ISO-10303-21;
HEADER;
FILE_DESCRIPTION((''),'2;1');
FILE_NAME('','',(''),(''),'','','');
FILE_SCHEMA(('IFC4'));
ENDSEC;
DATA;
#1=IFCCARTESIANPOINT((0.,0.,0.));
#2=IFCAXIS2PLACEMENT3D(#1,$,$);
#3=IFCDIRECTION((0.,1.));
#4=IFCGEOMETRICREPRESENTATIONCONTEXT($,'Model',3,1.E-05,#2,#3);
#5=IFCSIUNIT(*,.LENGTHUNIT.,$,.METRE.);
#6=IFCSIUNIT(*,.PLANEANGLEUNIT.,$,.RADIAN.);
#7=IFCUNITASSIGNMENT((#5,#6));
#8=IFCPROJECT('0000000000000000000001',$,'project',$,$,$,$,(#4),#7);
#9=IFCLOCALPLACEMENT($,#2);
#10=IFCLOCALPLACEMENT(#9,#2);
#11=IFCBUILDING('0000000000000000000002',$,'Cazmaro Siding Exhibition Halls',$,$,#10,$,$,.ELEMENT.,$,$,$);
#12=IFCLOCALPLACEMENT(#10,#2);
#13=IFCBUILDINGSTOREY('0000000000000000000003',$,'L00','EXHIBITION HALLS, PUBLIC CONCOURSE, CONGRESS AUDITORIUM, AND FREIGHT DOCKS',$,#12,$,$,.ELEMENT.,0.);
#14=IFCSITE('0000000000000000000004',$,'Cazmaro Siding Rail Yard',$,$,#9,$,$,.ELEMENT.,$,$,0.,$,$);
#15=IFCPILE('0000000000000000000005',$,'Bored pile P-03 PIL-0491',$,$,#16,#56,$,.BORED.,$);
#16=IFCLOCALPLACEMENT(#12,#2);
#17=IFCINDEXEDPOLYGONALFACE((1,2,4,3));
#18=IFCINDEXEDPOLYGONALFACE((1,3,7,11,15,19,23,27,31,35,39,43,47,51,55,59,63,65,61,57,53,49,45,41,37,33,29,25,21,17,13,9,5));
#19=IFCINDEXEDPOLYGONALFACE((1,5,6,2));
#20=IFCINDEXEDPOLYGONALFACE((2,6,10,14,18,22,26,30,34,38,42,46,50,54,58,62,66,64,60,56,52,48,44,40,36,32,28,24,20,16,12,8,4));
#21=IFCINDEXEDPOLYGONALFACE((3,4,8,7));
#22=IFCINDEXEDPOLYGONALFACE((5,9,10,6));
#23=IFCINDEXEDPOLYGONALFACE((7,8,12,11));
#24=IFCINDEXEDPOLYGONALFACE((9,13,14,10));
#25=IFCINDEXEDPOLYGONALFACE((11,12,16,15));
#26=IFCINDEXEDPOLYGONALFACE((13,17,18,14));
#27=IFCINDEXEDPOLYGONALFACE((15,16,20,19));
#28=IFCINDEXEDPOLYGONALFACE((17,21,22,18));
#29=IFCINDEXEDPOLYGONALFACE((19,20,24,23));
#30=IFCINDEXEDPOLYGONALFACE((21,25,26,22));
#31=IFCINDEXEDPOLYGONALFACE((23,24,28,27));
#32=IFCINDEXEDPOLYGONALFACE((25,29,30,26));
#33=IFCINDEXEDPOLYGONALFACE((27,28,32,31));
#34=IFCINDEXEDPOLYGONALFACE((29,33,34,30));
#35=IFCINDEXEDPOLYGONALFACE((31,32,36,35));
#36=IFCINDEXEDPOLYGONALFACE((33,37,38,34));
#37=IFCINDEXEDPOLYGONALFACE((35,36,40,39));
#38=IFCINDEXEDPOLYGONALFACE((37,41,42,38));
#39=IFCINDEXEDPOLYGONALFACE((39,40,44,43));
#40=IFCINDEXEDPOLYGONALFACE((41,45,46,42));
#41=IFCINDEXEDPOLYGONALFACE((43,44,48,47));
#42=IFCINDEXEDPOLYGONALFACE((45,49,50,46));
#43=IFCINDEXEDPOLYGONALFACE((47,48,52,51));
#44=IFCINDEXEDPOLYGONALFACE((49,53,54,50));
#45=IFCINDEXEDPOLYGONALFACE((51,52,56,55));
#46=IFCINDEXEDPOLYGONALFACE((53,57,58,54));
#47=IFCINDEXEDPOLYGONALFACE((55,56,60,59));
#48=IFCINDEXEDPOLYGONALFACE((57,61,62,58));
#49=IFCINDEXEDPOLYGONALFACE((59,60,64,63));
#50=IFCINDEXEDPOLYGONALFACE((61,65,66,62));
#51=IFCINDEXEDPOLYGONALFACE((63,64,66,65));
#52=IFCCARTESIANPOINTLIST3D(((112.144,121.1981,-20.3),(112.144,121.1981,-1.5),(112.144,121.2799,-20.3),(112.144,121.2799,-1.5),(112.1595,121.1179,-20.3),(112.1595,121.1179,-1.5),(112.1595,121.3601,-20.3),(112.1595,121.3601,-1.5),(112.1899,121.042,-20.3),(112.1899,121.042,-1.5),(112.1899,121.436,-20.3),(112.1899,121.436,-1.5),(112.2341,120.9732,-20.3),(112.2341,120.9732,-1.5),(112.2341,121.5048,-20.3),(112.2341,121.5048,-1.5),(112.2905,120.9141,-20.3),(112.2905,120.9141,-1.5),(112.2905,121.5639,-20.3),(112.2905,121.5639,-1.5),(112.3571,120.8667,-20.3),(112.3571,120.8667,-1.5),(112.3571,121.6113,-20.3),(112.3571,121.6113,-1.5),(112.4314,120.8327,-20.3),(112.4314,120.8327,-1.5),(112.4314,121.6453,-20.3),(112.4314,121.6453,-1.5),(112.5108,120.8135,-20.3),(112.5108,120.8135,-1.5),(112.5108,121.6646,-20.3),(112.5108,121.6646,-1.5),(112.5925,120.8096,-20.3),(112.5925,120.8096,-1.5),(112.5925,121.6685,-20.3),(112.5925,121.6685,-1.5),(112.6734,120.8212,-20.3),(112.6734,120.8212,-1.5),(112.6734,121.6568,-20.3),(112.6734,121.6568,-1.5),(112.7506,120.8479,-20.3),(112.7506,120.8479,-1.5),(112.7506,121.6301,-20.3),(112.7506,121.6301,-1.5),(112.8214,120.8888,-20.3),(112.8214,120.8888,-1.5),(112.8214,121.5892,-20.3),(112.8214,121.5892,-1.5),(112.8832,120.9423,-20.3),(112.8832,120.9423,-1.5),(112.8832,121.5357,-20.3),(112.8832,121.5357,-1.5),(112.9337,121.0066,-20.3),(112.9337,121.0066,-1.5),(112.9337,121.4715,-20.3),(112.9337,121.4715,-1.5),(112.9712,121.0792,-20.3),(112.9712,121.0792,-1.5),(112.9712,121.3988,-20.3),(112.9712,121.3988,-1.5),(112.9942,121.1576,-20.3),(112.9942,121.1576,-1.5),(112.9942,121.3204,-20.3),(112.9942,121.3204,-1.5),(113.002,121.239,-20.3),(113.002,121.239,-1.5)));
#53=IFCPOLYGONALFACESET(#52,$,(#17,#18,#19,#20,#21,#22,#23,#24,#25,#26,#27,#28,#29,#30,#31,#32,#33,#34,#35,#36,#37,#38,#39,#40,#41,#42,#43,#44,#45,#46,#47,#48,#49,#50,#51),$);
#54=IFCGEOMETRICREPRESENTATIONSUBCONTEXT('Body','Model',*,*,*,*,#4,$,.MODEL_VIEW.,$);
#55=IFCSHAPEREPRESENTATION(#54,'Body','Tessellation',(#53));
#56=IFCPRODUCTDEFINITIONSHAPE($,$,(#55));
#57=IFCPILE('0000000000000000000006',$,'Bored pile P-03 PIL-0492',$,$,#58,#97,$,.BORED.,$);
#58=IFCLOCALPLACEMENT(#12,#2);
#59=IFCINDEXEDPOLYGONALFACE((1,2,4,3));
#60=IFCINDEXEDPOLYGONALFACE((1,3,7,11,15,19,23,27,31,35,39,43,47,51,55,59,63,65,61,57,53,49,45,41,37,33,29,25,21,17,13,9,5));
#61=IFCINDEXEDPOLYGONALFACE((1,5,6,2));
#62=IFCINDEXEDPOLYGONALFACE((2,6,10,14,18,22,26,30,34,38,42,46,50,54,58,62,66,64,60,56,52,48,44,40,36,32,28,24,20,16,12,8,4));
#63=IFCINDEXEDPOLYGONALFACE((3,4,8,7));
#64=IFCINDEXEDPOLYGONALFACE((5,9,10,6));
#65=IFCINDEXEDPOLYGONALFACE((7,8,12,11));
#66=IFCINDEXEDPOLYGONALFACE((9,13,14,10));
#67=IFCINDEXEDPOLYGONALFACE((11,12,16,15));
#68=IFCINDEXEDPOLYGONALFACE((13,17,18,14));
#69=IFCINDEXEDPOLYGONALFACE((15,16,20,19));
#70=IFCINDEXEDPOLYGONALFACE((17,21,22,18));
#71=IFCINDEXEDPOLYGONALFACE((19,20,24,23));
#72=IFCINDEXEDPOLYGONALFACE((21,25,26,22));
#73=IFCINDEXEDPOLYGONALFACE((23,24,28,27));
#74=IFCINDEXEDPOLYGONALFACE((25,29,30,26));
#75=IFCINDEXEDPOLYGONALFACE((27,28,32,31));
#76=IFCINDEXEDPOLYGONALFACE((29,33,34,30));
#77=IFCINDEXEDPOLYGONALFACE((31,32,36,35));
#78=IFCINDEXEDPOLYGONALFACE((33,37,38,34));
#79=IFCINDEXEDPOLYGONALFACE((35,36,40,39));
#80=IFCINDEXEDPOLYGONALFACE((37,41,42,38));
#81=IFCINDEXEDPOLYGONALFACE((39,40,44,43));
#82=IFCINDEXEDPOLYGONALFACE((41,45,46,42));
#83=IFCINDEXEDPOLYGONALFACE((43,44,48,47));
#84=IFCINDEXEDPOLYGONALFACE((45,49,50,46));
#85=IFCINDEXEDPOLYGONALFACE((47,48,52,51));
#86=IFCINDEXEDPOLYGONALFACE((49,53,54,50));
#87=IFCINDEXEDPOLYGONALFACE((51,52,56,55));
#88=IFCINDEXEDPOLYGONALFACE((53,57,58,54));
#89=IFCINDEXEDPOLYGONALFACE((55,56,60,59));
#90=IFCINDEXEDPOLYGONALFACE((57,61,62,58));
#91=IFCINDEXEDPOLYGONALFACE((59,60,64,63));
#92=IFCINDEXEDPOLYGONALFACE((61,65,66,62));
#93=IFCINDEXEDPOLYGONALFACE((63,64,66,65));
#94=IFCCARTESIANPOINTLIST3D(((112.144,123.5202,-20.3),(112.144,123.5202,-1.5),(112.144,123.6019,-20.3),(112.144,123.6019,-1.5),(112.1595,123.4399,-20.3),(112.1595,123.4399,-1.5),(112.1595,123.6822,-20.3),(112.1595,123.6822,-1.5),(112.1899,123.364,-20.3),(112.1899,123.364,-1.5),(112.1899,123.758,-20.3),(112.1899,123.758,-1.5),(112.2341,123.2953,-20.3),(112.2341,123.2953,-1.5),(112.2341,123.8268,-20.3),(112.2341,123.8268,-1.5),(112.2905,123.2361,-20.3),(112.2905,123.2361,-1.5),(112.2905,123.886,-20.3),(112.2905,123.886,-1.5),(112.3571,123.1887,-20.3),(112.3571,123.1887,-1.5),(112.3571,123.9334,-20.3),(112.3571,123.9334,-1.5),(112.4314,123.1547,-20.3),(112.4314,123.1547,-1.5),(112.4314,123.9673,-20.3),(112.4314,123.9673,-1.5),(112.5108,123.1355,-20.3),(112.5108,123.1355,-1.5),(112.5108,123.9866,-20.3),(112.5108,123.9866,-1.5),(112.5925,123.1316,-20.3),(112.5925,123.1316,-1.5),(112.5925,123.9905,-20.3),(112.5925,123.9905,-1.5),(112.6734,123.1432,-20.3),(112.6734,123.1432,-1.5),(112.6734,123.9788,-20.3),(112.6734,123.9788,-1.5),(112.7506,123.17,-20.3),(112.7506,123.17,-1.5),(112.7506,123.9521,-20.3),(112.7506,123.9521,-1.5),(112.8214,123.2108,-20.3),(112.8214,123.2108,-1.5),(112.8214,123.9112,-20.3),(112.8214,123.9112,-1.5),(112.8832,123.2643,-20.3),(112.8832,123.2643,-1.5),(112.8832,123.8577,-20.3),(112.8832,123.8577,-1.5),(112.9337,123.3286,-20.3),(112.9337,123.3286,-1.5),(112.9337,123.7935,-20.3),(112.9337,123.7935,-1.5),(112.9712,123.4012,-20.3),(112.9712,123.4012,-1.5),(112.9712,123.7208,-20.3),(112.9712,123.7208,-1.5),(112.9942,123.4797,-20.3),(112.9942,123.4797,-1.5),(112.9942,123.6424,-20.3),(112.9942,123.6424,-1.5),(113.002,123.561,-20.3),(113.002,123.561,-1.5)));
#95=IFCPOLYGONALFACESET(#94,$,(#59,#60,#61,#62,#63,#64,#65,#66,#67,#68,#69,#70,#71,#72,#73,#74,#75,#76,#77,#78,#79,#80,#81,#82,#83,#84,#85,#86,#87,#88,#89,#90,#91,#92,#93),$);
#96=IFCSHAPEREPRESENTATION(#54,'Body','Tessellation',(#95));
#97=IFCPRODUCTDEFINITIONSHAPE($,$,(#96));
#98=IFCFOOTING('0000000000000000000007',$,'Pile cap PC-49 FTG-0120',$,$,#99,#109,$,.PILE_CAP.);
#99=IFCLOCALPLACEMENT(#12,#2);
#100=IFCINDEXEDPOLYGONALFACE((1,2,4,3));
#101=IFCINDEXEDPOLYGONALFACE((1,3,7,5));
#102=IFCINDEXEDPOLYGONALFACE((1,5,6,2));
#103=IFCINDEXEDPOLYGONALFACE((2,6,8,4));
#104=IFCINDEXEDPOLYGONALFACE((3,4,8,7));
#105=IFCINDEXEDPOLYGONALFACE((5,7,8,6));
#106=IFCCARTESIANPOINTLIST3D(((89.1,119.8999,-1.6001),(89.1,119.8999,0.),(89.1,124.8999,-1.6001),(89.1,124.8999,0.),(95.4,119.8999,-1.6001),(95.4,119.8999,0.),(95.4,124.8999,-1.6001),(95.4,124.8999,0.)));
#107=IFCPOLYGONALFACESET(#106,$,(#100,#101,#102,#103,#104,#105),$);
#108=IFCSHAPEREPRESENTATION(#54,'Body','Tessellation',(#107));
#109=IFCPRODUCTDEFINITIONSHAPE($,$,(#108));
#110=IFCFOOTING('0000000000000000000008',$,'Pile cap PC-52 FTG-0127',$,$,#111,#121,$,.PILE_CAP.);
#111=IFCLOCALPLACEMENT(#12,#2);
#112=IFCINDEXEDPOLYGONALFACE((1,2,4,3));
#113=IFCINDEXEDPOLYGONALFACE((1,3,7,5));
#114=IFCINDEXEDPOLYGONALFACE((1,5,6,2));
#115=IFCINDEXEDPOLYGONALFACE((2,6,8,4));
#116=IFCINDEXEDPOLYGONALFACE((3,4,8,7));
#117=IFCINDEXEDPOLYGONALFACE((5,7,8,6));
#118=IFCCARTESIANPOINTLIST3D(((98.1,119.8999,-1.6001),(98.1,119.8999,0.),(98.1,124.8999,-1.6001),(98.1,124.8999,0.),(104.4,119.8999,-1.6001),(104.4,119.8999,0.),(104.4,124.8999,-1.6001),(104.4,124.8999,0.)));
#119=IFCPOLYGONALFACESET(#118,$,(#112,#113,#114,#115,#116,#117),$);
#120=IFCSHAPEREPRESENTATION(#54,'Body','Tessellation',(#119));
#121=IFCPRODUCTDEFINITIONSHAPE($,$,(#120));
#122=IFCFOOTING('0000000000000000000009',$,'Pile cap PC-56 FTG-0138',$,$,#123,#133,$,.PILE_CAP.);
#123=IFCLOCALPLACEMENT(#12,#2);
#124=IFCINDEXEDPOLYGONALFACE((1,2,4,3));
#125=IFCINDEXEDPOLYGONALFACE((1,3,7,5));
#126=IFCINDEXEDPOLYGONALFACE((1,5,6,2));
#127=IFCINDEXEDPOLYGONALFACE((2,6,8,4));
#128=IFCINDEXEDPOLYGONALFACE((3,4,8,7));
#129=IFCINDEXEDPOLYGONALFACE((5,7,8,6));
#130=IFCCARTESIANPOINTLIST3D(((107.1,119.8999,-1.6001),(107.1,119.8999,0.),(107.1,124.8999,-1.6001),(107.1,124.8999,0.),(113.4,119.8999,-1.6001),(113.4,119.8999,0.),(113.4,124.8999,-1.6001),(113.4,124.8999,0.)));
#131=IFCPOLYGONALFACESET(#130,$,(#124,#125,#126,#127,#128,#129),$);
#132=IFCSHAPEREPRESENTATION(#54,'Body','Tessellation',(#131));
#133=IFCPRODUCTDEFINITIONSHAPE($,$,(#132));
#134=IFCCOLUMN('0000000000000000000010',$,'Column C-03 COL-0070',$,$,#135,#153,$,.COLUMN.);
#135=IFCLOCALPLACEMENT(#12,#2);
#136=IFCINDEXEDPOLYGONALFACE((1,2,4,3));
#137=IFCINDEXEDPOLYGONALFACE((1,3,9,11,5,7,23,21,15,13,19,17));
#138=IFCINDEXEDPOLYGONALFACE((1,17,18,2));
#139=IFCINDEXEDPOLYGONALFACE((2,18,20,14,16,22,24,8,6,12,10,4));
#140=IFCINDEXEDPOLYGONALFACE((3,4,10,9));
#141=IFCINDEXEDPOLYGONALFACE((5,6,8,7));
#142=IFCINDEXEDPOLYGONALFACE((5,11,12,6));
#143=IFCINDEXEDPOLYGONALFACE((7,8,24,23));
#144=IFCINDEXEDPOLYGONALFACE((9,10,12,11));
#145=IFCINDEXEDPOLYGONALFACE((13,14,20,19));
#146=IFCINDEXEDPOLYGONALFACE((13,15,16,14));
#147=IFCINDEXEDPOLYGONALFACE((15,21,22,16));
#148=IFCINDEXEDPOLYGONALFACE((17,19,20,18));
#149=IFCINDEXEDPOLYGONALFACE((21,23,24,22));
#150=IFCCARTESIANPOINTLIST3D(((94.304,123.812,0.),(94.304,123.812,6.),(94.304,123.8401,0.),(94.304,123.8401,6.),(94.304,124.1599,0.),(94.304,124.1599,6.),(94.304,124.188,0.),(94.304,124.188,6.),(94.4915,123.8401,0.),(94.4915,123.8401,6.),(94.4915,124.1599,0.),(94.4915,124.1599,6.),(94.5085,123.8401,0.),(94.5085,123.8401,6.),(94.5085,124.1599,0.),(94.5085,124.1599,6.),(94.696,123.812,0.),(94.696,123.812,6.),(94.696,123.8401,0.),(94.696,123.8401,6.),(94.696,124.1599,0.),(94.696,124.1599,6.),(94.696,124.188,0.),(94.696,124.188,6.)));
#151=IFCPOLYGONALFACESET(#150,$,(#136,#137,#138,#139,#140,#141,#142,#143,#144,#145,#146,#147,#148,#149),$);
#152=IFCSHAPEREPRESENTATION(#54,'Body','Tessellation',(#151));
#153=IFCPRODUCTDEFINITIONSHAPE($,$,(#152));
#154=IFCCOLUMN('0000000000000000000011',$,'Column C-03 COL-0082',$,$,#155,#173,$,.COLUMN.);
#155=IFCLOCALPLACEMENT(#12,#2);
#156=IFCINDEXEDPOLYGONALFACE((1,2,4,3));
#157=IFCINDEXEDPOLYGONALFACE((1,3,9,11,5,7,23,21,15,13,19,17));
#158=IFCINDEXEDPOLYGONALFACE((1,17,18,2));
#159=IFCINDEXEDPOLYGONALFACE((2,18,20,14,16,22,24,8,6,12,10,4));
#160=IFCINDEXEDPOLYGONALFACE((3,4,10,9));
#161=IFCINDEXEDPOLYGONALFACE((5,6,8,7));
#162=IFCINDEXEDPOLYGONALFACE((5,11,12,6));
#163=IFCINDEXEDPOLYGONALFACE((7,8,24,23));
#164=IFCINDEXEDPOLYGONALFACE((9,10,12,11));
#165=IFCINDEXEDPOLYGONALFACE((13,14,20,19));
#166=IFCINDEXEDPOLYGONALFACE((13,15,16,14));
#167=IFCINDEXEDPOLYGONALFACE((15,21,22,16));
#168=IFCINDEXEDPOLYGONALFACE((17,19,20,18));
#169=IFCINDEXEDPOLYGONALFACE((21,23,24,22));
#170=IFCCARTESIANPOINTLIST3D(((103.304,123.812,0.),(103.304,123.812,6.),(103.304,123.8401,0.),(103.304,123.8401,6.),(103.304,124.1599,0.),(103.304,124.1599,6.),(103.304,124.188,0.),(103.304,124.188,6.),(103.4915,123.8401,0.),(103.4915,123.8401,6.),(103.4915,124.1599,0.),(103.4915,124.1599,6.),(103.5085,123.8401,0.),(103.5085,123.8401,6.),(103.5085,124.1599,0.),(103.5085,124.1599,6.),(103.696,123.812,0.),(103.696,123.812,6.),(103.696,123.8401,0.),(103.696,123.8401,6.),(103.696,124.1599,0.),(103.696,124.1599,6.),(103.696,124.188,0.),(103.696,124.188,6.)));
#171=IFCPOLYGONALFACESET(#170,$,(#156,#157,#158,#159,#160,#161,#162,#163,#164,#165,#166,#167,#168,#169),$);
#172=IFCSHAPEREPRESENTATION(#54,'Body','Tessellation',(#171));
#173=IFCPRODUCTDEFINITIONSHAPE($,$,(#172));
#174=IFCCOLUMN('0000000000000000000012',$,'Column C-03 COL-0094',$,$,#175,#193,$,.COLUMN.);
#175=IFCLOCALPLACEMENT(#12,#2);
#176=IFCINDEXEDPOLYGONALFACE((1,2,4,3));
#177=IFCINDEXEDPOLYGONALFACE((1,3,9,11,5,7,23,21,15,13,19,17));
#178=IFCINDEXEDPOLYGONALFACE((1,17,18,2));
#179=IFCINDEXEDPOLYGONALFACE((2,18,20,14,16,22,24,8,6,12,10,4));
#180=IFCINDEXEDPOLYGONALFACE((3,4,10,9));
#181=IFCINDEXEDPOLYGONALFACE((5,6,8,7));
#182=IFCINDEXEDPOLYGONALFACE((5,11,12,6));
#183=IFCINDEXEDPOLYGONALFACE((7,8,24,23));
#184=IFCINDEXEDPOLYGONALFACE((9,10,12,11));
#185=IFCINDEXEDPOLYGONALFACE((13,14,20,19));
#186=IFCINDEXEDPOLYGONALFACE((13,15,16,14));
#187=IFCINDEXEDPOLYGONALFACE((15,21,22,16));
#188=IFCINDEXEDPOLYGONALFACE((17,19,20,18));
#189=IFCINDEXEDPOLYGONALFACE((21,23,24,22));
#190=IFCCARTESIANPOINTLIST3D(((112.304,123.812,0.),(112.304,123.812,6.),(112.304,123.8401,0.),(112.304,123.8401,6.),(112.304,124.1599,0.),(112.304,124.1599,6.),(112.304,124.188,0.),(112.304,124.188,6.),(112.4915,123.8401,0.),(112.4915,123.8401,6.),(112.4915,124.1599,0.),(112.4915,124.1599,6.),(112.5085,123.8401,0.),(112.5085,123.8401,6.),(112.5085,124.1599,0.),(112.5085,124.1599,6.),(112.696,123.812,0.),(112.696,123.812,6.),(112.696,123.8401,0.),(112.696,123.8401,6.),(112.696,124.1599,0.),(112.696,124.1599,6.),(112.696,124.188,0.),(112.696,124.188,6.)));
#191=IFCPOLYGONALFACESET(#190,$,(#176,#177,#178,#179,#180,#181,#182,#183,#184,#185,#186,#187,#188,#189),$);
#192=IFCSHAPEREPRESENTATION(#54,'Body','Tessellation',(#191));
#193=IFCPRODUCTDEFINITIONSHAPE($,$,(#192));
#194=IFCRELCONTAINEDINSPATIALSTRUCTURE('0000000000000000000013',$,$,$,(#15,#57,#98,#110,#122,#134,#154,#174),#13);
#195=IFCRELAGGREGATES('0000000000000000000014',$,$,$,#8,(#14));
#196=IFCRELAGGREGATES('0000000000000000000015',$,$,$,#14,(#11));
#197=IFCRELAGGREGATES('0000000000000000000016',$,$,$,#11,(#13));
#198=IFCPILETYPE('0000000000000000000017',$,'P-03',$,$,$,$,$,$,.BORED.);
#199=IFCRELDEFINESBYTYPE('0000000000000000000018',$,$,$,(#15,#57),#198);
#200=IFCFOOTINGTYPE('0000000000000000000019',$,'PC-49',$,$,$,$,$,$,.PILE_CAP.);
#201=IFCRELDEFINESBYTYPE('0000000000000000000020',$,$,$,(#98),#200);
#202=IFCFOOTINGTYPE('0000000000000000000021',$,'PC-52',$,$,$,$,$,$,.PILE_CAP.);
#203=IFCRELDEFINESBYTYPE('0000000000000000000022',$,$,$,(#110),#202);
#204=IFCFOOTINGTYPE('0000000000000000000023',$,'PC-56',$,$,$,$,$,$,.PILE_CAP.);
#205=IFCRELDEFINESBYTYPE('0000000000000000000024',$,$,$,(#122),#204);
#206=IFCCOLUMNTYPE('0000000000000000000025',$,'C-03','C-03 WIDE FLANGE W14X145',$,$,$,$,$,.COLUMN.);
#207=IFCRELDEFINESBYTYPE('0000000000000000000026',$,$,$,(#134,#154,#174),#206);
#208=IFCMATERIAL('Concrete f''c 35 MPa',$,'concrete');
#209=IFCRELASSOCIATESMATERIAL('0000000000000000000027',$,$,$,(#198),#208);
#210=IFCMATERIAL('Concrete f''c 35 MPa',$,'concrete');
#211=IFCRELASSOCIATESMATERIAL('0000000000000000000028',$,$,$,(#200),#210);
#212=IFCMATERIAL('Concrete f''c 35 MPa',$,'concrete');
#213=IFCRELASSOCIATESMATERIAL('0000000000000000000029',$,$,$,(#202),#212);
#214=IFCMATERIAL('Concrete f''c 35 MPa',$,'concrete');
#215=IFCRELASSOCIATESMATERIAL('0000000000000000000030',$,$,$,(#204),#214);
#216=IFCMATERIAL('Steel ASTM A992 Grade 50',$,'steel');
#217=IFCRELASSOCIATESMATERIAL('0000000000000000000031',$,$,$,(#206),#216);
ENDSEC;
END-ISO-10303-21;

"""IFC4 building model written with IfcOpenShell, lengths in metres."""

from ifc_helpers import new_model, si_unit, direction, frame, origin, origin_2d, place, context, subcontext, project, spatial, rectangle, circle, i_section, extrude, material, material_profile, profile_set, type_object, element, save


model = new_model("IFC4")

# Units and contexts
model_context = context("Model", 3, precision=1e-05, world=origin(), true_north=direction((0.0, 1.0)))
body_context = subcontext(model_context, "Body", "Model", "MODEL_VIEW")
ifc_project = project(units=[si_unit("LENGTHUNIT", "METRE"), si_unit("PLANEANGLEUNIT", "RADIAN")], contexts=[model_context])

# Site, building, storey
site_placement = place(None, origin())
site = spatial("IfcSite", under=ifc_project, at=site_placement, Name="Cazmaro Siding Rail Yard", CompositionType="ELEMENT", RefElevation=0.0)
building_placement = place(site_placement, origin())
building = spatial("IfcBuilding", under=site, at=building_placement, Name="Cazmaro Siding Exhibition Halls", CompositionType="ELEMENT")
storey_placement = place(building_placement, origin())
storey = spatial("IfcBuildingStorey", under=building, at=storey_placement, Name="L00", Description="EXHIBITION HALLS, PUBLIC CONCOURSE, CONGRESS AUDITORIUM, AND FREIGHT DOCKS", CompositionType="ELEMENT", Elevation=0.0)

# Piles
ifc_material_1 = material(Name="Concrete f'c 35 MPa", Category="concrete")
ifc_material_profile_1 = material_profile(ifc_material_1, circle(Radius=0.4299, at=origin_2d()), Name="CIDH-860")
ifc_profile_set_1 = profile_set([ifc_material_profile_1], Name="Concrete f'c 35 MPa")
pile_type = type_object("IfcPileType", Name="P-03", PredefinedType="BORED", material=ifc_profile_set_1)
for number, where, z_axis, x_axis, name in (
    (1, (112.572, 121.239, -1.5), (0.0, 0.0, -1.0), (1.0, 0.0, 0.0), "Bored pile P-03 PIL-0491"),
    (2, (112.572, 123.561, -1.5), (0.0, 0.0, -1.0), (1.0, 0.0, 0.0), "Bored pile P-03 PIL-0492"),
):
    element("IfcPile", number, at=place(storey_placement, frame(where, z_axis=z_axis, x_axis=x_axis)), inside=storey, type_object=pile_type, Name=name, PredefinedType="BORED", context=body_context, shape_type="SweptSolid", body=[
        extrude(circle(Radius=0.4299, at=origin_2d()), origin(), (0.0, 0.0, 1.0), 18.8),
    ])

# Footings
ifc_material_2 = material(Name="Concrete f'c 35 MPa", Category="concrete")
footing_type_1 = type_object("IfcFootingType", Name="PC-49", PredefinedType="PILE_CAP", material=ifc_material_2)
footing_1_placement = place(storey_placement, frame((92.25, 122.3999, -1.6001), z_axis=(0.0, 0.0, 1.0), x_axis=(1.0, 0.0, 0.0)))
element("IfcFooting", 3, at=footing_1_placement, inside=storey, type_object=footing_type_1, Name="Pile cap PC-49 FTG-0120", PredefinedType="PILE_CAP", context=body_context, shape_type="SweptSolid", body=[
    extrude(rectangle(XDim=6.3, YDim=5.0, at=origin_2d()), origin(), (0.0, 0.0, 1.0), 1.6001),
])
ifc_material_3 = material(Name="Concrete f'c 35 MPa", Category="concrete")
footing_type_2 = type_object("IfcFootingType", Name="PC-52", PredefinedType="PILE_CAP", material=ifc_material_3)
footing_2_placement = place(storey_placement, frame((101.25, 122.3999, -1.6001), z_axis=(0.0, 0.0, 1.0), x_axis=(1.0, 0.0, 0.0)))
element("IfcFooting", 4, at=footing_2_placement, inside=storey, type_object=footing_type_2, Name="Pile cap PC-52 FTG-0127", PredefinedType="PILE_CAP", context=body_context, shape_type="SweptSolid", body=[
    extrude(rectangle(XDim=6.3, YDim=5.0, at=origin_2d()), origin(), (0.0, 0.0, 1.0), 1.6001),
])
ifc_material_4 = material(Name="Concrete f'c 35 MPa", Category="concrete")
footing_type_3 = type_object("IfcFootingType", Name="PC-56", PredefinedType="PILE_CAP", material=ifc_material_4)
footing_3_placement = place(storey_placement, frame((110.25, 122.3999, -1.6001), z_axis=(0.0, 0.0, 1.0), x_axis=(1.0, 0.0, 0.0)))
element("IfcFooting", 5, at=footing_3_placement, inside=storey, type_object=footing_type_3, Name="Pile cap PC-56 FTG-0138", PredefinedType="PILE_CAP", context=body_context, shape_type="SweptSolid", body=[
    extrude(rectangle(XDim=6.3, YDim=5.0, at=origin_2d()), origin(), (0.0, 0.0, 1.0), 1.6001),
])

# Columns
ifc_material_5 = material(Name="Steel ASTM A992 Grade 50", Category="steel")
ifc_material_profile_2 = material_profile(ifc_material_5, i_section(OverallWidth=0.3921, OverallDepth=0.376, WebThickness=0.0171, FlangeThickness=0.0281, at=origin_2d()), Name="W14X145")
ifc_profile_set_2 = profile_set([ifc_material_profile_2], Name="Steel ASTM A992 Grade 50")
column_type_1 = type_object("IfcColumnType", Name="C-03", Description="C-03 WIDE FLANGE W14X145", PredefinedType="COLUMN", material=ifc_profile_set_2)
for number, where, z_axis, x_axis, name in (
    (6, (94.5, 124.0, 0.0), (0.0, 0.0, 1.0), (1.0, 0.0, 0.0), "Column C-03 COL-0070"),
    (7, (103.5, 124.0, 0.0), (0.0, 0.0, 1.0), (1.0, 0.0, 0.0), "Column C-03 COL-0082"),
    (8, (112.5, 124.0, 0.0), (0.0, 0.0, 1.0), (1.0, 0.0, 0.0), "Column C-03 COL-0094"),
):
    element("IfcColumn", number, at=place(storey_placement, frame(where, z_axis=z_axis, x_axis=x_axis)), inside=storey, type_object=column_type_1, Name=name, PredefinedType="COLUMN", context=body_context, shape_type="SweptSolid", body=[
        extrude(i_section(OverallWidth=0.3921, OverallDepth=0.376, WebThickness=0.0171, FlangeThickness=0.0281, at=origin_2d()), origin(), (0.0, 0.0, 1.0), 6.0),
    ])

save(model, "model.ifc")
